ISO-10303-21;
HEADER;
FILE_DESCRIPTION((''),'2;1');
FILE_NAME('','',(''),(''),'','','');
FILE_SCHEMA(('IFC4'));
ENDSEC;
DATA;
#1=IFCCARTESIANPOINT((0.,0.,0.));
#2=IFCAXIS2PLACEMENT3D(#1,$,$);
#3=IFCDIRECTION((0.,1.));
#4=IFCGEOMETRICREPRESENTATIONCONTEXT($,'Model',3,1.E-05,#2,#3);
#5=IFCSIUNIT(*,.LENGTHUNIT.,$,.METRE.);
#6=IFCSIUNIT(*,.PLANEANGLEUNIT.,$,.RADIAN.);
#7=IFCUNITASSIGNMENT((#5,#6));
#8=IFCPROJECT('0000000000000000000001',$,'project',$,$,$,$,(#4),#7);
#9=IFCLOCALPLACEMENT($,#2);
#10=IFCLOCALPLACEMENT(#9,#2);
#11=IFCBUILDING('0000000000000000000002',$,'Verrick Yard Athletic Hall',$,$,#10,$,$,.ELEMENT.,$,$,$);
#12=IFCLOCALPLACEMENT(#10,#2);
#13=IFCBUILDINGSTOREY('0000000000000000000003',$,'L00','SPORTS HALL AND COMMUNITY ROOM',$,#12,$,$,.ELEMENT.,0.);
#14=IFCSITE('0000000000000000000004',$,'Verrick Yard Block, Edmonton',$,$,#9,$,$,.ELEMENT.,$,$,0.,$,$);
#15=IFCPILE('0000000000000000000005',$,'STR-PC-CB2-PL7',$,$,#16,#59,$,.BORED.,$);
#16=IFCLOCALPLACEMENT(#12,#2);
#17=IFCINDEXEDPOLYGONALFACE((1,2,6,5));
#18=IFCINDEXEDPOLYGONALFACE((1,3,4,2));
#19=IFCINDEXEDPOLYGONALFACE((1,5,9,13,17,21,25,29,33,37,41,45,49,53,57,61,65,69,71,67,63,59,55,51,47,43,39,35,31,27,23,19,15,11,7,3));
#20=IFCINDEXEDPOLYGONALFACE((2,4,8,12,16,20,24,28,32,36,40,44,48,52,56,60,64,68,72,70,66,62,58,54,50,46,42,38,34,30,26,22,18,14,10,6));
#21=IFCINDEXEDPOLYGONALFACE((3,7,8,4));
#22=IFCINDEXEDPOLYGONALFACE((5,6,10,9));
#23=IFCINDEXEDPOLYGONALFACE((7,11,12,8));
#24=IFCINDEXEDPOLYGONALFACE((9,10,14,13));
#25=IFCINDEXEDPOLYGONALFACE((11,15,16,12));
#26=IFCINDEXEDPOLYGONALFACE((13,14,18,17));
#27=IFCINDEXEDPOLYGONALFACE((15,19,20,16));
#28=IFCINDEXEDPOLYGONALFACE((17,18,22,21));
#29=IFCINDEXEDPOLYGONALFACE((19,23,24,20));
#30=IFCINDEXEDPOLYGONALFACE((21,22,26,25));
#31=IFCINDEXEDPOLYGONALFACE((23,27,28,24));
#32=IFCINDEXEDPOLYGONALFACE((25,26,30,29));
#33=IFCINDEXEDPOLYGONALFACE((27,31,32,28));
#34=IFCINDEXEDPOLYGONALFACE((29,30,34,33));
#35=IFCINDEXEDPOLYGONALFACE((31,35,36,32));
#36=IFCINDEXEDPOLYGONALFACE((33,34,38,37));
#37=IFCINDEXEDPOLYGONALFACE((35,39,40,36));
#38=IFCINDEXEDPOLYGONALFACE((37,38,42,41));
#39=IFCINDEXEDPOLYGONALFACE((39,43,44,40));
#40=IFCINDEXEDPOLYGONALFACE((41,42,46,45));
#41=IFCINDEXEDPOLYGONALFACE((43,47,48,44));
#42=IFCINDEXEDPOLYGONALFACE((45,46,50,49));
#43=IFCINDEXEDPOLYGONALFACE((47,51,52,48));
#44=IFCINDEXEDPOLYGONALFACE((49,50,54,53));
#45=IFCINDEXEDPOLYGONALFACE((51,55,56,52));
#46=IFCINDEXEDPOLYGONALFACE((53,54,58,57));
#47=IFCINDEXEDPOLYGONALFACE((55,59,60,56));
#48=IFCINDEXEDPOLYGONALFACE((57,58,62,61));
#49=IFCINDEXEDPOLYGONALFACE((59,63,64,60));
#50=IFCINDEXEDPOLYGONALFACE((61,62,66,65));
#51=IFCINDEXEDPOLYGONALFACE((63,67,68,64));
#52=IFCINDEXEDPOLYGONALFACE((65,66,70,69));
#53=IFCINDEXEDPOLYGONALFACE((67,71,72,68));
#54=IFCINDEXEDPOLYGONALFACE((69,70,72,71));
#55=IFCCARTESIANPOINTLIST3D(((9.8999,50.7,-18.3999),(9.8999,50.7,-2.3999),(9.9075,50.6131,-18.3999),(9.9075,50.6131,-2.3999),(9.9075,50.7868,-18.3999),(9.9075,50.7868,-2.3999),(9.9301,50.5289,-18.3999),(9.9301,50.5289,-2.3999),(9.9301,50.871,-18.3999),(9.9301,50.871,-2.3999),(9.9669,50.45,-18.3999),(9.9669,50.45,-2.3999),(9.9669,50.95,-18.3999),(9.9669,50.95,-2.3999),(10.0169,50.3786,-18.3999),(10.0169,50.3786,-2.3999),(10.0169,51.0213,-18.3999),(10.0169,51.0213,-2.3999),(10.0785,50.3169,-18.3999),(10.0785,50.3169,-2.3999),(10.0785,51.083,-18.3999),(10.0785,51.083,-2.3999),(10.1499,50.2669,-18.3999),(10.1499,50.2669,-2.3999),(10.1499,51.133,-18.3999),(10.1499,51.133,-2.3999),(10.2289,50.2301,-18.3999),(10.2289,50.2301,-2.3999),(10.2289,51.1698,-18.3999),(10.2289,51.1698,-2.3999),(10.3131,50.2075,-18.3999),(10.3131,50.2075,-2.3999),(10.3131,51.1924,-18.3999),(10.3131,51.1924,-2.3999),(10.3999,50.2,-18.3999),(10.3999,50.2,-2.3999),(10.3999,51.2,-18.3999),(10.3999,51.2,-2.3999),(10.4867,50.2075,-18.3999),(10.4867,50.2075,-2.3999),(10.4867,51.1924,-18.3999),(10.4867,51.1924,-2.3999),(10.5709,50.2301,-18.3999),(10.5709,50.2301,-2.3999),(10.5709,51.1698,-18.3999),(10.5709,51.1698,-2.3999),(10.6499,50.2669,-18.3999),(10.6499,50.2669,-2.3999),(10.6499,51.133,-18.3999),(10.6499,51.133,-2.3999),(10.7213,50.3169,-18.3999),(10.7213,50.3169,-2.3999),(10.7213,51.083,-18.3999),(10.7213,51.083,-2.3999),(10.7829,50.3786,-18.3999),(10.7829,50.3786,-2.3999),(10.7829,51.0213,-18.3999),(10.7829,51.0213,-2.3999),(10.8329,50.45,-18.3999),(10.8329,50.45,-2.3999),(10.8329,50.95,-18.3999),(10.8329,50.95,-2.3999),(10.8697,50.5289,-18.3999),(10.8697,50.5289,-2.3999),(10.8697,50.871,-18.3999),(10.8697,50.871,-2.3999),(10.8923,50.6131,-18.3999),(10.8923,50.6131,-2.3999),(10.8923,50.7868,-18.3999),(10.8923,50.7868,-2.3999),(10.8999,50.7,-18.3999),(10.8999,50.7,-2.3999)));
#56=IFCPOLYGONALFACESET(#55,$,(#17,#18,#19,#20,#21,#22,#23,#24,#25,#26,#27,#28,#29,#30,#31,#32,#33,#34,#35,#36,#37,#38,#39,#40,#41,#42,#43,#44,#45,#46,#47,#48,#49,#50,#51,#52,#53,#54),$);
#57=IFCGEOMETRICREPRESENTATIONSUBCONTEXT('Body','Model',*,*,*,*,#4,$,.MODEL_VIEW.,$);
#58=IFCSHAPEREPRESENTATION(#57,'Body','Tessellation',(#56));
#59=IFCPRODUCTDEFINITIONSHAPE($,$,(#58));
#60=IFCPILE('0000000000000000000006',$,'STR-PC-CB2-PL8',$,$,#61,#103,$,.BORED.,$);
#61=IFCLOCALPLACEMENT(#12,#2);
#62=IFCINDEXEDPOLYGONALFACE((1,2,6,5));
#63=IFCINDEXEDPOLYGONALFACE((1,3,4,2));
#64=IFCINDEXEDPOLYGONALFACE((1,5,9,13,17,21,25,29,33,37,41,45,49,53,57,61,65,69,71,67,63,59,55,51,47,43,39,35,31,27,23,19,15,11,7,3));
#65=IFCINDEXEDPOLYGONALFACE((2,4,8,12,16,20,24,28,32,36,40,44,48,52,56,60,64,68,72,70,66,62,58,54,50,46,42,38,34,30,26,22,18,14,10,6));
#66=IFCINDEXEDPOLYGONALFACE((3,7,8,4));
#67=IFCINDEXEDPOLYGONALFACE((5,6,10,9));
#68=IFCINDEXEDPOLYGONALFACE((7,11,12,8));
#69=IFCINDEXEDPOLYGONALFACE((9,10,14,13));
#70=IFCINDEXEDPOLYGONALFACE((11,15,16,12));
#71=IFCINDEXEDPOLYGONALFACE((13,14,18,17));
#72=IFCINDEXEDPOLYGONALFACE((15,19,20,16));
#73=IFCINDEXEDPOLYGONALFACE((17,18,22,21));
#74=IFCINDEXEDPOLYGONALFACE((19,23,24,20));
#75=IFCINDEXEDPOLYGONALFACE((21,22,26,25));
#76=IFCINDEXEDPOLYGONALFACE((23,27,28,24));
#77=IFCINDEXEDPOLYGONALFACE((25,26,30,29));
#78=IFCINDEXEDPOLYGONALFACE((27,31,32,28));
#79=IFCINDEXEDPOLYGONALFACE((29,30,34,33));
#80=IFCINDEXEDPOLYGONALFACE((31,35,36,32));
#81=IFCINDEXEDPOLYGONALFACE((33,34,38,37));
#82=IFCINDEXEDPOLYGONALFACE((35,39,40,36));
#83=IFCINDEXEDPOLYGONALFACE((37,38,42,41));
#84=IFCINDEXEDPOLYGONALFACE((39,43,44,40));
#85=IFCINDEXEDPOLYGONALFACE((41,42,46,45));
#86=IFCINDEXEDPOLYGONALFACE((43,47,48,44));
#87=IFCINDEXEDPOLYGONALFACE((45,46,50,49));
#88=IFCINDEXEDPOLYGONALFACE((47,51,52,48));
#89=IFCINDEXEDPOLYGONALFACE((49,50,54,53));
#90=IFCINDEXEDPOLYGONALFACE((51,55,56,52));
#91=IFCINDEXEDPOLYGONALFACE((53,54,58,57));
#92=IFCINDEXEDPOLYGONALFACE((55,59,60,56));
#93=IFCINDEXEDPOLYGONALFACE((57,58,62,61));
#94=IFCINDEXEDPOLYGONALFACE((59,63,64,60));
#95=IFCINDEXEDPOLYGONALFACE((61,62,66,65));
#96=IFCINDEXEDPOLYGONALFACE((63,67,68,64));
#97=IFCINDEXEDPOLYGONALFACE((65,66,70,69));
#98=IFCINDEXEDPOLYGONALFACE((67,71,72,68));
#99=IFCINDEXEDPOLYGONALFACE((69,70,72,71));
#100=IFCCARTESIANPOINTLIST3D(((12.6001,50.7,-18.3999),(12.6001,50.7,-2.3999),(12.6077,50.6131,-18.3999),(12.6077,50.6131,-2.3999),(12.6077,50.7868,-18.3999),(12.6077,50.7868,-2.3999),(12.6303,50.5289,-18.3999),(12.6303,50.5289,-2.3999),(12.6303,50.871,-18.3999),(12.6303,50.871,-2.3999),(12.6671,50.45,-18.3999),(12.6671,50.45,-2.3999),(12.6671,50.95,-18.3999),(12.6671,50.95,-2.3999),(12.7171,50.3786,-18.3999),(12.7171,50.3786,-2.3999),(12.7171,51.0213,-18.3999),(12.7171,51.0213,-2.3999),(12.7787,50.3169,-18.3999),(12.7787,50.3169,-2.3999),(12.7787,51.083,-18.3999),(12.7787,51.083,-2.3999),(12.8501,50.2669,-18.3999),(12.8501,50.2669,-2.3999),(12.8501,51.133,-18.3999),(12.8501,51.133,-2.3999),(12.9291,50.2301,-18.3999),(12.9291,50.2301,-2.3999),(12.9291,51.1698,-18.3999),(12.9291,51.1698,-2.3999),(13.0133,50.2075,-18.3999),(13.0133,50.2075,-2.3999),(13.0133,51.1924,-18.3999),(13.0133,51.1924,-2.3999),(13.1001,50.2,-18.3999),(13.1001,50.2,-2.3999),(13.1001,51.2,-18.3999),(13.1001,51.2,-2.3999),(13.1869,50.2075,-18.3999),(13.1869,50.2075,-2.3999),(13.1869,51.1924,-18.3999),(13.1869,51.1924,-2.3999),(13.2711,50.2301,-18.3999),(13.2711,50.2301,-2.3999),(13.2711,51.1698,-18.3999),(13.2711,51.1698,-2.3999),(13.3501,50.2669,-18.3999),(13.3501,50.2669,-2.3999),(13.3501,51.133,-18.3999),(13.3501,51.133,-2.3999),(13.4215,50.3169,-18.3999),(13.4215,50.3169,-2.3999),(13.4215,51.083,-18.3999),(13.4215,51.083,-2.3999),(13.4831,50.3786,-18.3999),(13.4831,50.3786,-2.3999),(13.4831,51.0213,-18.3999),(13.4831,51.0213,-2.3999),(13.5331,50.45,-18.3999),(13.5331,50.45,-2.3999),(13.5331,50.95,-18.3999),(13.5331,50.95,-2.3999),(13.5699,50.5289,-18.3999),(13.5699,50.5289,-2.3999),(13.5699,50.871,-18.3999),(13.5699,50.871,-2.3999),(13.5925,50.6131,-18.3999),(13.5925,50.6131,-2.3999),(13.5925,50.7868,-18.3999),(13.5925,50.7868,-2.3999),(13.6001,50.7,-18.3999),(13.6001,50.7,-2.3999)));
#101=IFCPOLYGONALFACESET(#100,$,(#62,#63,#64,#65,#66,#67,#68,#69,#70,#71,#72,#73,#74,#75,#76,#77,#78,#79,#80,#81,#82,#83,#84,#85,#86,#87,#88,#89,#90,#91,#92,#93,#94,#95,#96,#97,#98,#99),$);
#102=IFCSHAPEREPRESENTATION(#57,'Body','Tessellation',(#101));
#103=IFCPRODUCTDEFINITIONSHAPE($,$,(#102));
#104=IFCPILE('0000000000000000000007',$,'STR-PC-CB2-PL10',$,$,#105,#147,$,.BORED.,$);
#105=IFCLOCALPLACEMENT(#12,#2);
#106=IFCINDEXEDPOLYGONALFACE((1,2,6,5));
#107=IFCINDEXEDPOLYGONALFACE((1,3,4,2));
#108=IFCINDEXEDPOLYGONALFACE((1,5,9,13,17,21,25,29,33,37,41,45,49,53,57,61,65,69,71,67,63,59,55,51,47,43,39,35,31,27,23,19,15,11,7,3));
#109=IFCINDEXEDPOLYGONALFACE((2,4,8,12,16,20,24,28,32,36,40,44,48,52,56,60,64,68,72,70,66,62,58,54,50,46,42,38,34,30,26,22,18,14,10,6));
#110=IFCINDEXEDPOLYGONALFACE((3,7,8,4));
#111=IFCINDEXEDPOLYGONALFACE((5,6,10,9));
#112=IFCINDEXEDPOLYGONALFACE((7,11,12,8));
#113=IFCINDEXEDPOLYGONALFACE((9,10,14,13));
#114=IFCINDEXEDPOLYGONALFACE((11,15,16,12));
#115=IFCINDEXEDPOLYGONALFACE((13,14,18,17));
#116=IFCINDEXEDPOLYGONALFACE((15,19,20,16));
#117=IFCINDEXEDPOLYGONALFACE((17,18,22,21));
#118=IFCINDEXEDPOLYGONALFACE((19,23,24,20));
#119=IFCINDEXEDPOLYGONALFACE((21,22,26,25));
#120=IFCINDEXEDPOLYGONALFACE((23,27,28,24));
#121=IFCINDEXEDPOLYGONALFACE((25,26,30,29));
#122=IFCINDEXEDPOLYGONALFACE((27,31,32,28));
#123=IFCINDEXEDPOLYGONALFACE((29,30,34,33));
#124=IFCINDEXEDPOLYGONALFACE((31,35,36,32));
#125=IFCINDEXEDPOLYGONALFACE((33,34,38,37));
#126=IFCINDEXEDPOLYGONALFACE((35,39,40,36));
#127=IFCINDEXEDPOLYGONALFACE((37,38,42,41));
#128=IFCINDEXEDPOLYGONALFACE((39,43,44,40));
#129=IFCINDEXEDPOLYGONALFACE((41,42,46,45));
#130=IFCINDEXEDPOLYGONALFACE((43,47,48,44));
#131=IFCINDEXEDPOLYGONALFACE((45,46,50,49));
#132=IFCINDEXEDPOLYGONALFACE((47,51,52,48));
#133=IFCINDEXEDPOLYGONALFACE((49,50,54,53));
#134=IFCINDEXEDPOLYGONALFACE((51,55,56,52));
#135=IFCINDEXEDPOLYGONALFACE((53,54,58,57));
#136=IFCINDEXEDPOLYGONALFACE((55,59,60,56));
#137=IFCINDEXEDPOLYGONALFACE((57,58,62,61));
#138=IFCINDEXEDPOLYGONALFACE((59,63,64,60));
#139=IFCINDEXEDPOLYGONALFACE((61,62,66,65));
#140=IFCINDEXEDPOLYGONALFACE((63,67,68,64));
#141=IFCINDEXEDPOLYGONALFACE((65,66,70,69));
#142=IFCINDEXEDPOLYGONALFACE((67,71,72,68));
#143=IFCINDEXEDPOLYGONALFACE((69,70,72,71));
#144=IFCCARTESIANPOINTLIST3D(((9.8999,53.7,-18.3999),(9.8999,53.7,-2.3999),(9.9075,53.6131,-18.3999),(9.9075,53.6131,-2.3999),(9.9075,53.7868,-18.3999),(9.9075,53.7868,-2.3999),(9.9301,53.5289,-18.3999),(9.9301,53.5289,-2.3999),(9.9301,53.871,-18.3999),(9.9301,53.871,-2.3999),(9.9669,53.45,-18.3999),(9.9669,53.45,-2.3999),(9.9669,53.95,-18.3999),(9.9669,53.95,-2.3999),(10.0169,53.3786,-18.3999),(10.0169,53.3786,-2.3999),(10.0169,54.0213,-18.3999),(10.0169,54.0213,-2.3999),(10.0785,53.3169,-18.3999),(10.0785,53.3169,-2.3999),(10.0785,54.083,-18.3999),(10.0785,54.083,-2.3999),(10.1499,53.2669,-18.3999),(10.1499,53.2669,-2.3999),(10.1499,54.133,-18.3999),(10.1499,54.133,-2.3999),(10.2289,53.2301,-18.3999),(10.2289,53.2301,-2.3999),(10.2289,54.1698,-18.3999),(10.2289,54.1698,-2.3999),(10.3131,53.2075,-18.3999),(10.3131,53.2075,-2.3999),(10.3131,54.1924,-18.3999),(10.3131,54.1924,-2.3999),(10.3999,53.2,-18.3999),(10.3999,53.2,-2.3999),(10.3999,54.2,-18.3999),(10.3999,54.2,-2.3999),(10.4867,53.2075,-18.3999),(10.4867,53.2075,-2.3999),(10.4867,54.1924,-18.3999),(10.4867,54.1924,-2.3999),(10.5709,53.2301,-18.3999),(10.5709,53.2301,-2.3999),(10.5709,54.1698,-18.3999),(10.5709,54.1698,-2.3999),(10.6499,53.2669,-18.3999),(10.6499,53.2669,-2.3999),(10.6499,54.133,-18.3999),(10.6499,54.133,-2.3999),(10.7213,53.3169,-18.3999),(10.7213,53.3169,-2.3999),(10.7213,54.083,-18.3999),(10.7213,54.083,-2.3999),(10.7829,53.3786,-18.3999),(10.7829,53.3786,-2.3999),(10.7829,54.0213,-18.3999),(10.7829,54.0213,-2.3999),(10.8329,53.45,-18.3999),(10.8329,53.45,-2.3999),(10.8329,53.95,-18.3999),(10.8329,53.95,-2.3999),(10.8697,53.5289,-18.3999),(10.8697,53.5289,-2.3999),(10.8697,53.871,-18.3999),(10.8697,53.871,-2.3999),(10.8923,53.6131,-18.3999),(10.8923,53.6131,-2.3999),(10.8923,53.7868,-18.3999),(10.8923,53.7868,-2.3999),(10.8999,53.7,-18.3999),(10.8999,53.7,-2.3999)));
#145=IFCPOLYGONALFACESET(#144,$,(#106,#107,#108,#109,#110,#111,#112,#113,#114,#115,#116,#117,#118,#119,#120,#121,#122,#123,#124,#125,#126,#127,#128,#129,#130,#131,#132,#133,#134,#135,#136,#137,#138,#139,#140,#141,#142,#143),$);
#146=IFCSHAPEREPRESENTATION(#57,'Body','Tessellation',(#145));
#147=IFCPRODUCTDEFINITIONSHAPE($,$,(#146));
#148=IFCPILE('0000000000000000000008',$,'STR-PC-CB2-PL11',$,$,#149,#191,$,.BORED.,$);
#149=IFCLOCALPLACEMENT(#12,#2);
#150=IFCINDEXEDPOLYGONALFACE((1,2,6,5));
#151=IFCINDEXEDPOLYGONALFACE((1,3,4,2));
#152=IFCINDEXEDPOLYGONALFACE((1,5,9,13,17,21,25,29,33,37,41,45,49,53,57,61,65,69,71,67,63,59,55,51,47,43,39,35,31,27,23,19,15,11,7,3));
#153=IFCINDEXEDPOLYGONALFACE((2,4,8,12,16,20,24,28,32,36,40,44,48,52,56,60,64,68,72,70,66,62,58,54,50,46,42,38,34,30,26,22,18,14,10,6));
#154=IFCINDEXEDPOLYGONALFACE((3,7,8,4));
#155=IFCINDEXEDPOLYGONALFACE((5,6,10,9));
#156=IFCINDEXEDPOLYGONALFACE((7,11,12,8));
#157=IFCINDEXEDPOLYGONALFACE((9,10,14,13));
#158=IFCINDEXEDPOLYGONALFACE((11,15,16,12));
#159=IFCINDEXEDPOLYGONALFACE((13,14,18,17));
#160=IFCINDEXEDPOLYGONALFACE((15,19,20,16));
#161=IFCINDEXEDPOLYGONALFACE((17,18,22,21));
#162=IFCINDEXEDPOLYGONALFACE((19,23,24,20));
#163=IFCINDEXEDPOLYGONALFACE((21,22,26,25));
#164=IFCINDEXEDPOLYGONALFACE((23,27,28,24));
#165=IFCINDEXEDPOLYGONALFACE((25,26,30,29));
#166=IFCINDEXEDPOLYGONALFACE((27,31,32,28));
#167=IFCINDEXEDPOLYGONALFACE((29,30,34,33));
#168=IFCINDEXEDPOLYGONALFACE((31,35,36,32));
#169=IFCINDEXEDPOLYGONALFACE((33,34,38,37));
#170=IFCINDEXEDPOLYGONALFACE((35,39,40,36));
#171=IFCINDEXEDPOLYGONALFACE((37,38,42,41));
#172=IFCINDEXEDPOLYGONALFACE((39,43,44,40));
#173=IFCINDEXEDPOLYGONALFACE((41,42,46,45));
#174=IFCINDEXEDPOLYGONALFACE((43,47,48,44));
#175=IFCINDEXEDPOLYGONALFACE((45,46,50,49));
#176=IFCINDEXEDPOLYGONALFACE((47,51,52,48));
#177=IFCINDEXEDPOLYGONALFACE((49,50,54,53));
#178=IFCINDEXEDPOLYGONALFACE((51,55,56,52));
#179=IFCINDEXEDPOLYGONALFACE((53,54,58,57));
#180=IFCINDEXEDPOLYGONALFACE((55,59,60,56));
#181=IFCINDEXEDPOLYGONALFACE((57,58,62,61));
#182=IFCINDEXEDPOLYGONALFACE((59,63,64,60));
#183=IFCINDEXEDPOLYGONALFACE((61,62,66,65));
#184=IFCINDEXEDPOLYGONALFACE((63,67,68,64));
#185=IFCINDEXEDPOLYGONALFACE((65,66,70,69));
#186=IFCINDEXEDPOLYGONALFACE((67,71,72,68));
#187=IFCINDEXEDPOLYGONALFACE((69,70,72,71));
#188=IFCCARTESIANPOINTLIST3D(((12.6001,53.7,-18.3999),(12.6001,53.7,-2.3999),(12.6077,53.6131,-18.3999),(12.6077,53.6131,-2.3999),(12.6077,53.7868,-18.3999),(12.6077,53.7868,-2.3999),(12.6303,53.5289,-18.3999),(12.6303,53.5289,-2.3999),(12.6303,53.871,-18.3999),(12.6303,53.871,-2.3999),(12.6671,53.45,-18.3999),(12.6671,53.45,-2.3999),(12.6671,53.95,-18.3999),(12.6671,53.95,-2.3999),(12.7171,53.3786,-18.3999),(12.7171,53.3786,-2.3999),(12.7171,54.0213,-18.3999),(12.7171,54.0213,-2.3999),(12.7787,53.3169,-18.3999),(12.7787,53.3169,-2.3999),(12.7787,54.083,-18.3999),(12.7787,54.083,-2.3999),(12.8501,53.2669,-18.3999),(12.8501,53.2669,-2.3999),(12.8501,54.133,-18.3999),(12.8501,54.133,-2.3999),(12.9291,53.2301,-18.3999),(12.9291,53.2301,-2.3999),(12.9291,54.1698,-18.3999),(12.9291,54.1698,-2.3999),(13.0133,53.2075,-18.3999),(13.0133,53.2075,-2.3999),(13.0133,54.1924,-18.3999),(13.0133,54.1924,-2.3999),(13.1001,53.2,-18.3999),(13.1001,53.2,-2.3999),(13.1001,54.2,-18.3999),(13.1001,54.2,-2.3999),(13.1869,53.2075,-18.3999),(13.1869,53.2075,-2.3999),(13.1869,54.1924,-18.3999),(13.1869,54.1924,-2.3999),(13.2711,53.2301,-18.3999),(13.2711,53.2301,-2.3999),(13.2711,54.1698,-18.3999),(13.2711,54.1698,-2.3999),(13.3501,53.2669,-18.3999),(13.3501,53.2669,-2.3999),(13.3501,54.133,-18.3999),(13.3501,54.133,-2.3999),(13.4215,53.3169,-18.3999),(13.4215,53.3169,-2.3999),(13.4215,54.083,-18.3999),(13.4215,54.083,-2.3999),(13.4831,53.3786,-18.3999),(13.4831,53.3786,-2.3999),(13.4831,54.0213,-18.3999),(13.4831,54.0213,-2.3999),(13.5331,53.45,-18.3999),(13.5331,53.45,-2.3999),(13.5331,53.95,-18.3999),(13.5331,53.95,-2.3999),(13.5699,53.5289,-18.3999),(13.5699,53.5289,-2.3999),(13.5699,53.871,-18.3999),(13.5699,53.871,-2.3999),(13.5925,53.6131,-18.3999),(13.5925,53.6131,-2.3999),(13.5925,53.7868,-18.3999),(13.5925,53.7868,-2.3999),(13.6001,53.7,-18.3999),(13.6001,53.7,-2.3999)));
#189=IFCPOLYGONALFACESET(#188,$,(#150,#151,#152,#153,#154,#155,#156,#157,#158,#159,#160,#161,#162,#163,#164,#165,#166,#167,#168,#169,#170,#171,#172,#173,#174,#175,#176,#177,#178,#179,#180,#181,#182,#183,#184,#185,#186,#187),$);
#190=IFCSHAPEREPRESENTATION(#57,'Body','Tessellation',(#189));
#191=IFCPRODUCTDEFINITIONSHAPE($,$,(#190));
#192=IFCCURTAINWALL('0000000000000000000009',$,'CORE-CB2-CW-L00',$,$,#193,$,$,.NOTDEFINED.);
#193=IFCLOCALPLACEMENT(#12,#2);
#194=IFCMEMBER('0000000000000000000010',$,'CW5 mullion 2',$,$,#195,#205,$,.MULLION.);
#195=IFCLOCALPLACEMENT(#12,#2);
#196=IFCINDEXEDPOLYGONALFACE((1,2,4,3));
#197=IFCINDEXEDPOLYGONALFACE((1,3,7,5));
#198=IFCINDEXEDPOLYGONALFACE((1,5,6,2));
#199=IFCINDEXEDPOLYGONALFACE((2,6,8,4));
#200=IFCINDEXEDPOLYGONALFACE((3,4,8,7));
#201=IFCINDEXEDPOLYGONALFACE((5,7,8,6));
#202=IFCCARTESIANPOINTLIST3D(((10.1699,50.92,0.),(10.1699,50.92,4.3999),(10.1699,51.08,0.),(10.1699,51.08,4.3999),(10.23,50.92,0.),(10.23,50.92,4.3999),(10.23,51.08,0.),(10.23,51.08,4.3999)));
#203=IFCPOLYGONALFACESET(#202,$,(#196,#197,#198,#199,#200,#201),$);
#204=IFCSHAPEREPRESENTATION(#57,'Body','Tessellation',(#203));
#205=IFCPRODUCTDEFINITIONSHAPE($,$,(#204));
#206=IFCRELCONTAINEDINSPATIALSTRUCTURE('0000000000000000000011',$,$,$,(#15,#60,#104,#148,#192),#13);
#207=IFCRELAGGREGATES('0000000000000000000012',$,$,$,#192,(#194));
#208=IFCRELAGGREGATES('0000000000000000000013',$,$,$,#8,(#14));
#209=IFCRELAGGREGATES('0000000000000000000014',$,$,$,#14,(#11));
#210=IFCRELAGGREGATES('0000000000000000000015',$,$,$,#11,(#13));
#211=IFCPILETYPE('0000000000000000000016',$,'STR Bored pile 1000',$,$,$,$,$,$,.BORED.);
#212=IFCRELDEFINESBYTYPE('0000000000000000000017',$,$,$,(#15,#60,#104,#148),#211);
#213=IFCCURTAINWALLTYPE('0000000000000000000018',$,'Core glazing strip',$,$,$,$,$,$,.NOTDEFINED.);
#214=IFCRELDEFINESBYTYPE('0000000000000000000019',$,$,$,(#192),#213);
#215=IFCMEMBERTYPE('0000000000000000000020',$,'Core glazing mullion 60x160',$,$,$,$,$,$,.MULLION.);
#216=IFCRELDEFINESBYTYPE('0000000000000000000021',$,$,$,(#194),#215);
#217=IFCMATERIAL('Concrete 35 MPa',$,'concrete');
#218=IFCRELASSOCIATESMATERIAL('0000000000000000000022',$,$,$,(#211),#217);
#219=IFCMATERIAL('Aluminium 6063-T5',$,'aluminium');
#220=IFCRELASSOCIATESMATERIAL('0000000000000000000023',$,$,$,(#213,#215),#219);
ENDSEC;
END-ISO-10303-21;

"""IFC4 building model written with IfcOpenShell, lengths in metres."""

from ifc_helpers import new_model, si_unit, direction, frame, origin, origin_2d, place, context, subcontext, project, spatial, rectangle, circle, extrude, material, material_profile, profile_set, type_object, element, aggregate, save


model = new_model("IFC4")

# Units and contexts
model_context = context("Model", 3, precision=1e-05, world=origin(), true_north=direction((0.0, 1.0)))
body_context = subcontext(model_context, "Body", "Model", "MODEL_VIEW")
ifc_project = project(units=[si_unit("LENGTHUNIT", "METRE"), si_unit("PLANEANGLEUNIT", "RADIAN")], contexts=[model_context])

# Site, building, storey
site_placement = place(None, origin())
site = spatial("IfcSite", under=ifc_project, at=site_placement, Name="Verrick Yard Block, Edmonton", CompositionType="ELEMENT", RefElevation=0.0)
building_placement = place(site_placement, origin())
building = spatial("IfcBuilding", under=site, at=building_placement, Name="Verrick Yard Athletic Hall", CompositionType="ELEMENT")
storey_placement = place(building_placement, origin())
storey = spatial("IfcBuildingStorey", under=building, at=storey_placement, Name="L00", Description="SPORTS HALL AND COMMUNITY ROOM", CompositionType="ELEMENT", Elevation=0.0)

# Piles
ifc_material_1 = material(Name="Concrete 35 MPa", Category="concrete")
pile_type = type_object("IfcPileType", Name="STR Bored pile 1000", PredefinedType="BORED", material=ifc_material_1)
for number, where, z_axis, x_axis, name in (
    (1, (10.3999, 50.7, -2.3999), (0.0, 0.0, -1.0), (1.0, 0.0, 0.0), "STR-PC-CB2-PL7"),
    (2, (13.1001, 50.7, -2.3999), (0.0, 0.0, -1.0), (1.0, 0.0, 0.0), "STR-PC-CB2-PL8"),
    (3, (10.3999, 53.7, -2.3999), (0.0, 0.0, -1.0), (1.0, 0.0, 0.0), "STR-PC-CB2-PL10"),
    (4, (13.1001, 53.7, -2.3999), (0.0, 0.0, -1.0), (1.0, 0.0, 0.0), "STR-PC-CB2-PL11"),
):
    element("IfcPile", number, at=place(storey_placement, frame(where, z_axis=z_axis, x_axis=x_axis)), inside=storey, type_object=pile_type, Name=name, PredefinedType="BORED", context=body_context, shape_type="SweptSolid", body=[
        extrude(circle(Radius=0.5, at=origin_2d()), origin(), (0.0, 0.0, 1.0), 16.0),
    ])

# Curtain wall, member
ifc_material_2 = material(Name="Aluminium 6063-T5", Category="aluminium")
curtain_wall_type = type_object("IfcCurtainWallType", Name="Core glazing strip", PredefinedType="NOTDEFINED", material=ifc_material_2)
curtain_wall_placement = place(storey_placement, origin())
curtain_wall = element("IfcCurtainWall", 5, at=curtain_wall_placement, inside=storey, type_object=curtain_wall_type, Name="CORE-CB2-CW-L00", PredefinedType="NOTDEFINED")
ifc_material_profile_1 = material_profile(ifc_material_2, rectangle(XDim=0.0601, YDim=0.1599, at=origin_2d()), Name="Core glazing mullion 60x160")
ifc_profile_set_1 = profile_set([ifc_material_profile_1], Name="Aluminium 6063-T5")
member_type_1 = type_object("IfcMemberType", Name="Core glazing mullion 60x160", PredefinedType="MULLION", material=ifc_profile_set_1)
member_1_placement = place(storey_placement, frame((10.2, 51.0, 0.0), z_axis=(0.0, 0.0, 1.0), x_axis=(-1.0, 0.0, 0.0)))
member_1 = element("IfcMember", 6, at=member_1_placement, type_object=member_type_1, Name="CW5 mullion 2", PredefinedType="MULLION", context=body_context, shape_type="SweptSolid", body=[
    extrude(rectangle(XDim=0.0601, YDim=0.1599, at=origin_2d()), origin(), (0.0, 0.0, 1.0), 4.3999),
])
aggregate(curtain_wall, [member_1])

save(model, "model.ifc")
